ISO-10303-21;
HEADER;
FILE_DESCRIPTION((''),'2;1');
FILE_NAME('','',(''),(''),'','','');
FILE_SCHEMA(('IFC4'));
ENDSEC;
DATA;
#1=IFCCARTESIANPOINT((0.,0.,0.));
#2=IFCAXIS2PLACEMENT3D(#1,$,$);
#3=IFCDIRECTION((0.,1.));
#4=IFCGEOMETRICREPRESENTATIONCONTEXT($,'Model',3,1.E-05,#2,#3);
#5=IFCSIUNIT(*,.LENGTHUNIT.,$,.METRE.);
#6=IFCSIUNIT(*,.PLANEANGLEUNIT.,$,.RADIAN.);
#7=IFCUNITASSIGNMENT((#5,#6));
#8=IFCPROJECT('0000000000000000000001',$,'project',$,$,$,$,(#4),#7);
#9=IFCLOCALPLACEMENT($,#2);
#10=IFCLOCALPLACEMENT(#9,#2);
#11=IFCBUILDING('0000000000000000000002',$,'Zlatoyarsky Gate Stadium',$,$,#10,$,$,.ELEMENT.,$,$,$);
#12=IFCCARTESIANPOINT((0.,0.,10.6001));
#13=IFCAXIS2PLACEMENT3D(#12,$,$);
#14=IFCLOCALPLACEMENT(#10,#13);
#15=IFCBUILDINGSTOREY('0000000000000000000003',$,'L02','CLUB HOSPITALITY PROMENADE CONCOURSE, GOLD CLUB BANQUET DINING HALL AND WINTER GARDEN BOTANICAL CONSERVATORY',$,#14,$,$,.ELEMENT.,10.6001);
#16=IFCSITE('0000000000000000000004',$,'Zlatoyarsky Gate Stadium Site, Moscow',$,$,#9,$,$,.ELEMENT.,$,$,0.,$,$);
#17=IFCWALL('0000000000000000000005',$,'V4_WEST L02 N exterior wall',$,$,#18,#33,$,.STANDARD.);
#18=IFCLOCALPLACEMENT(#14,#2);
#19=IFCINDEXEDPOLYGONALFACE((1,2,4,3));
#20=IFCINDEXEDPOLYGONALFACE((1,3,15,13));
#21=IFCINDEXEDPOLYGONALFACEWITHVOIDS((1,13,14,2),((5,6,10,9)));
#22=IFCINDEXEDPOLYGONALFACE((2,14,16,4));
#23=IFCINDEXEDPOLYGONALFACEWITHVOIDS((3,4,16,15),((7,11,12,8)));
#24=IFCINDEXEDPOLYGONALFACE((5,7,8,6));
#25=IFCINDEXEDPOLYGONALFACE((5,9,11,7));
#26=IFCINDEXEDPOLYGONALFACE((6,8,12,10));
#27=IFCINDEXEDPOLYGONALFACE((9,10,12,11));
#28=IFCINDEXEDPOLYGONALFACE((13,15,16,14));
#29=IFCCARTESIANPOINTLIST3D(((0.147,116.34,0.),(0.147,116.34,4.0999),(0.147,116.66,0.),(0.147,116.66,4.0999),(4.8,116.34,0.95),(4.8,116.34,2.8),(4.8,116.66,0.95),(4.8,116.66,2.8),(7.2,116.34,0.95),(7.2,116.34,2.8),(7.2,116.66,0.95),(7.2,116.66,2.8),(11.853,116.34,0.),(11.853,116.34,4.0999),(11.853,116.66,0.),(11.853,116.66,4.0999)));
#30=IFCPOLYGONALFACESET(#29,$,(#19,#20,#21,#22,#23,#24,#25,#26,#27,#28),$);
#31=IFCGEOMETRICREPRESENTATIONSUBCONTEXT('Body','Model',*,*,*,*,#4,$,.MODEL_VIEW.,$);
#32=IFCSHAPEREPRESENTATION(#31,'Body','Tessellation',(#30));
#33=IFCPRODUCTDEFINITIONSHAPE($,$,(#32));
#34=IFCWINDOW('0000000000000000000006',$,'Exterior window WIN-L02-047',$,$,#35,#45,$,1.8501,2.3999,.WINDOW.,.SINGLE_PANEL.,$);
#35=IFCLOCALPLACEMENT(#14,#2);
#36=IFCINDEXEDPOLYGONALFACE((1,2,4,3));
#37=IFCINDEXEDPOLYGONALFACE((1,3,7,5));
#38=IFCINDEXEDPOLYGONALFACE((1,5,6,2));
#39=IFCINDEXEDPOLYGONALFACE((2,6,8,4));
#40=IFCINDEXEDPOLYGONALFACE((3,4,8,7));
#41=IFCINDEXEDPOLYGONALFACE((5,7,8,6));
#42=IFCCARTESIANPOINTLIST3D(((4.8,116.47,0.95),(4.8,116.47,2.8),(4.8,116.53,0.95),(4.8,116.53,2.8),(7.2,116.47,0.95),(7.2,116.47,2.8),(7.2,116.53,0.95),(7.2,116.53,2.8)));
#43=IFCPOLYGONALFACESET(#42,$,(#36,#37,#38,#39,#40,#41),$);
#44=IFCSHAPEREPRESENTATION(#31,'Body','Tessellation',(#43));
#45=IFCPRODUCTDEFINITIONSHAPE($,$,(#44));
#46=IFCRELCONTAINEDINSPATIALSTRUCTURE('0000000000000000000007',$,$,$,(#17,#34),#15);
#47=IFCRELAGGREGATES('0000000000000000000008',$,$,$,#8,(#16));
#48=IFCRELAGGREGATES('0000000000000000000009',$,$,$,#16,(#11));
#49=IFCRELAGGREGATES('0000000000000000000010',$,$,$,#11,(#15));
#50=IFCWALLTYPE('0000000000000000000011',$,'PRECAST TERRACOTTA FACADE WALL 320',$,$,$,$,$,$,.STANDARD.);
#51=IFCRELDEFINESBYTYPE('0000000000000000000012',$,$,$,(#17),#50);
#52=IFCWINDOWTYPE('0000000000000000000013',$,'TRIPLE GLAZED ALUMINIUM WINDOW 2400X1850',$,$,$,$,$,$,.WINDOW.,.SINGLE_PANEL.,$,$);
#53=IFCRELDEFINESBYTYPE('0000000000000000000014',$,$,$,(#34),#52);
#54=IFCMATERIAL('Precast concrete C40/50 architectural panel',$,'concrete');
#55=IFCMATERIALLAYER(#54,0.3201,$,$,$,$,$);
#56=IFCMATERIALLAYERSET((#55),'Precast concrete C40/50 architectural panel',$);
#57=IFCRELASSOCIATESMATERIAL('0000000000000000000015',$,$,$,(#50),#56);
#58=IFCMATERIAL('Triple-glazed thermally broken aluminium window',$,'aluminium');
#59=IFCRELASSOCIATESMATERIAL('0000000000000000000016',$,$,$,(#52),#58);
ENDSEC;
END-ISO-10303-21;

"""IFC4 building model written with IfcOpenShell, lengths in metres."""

from ifc_helpers import new_model, si_unit, direction, frame, frame_2d, origin, place, context, subcontext, project, spatial, rectangle, extrude, material, layer, layer_set, type_object, element, fill, save


model = new_model("IFC4")

# Units and contexts
model_context = context("Model", 3, precision=1e-05, world=origin(), true_north=direction((0.0, 1.0)))
body_context = subcontext(model_context, "Body", "Model", "MODEL_VIEW")
ifc_project = project(units=[si_unit("LENGTHUNIT", "METRE"), si_unit("PLANEANGLEUNIT", "RADIAN")], contexts=[model_context])

# Site, building, storey
site_placement = place(None, origin())
site = spatial("IfcSite", under=ifc_project, at=site_placement, Name="Zlatoyarsky Gate Stadium Site, Moscow", CompositionType="ELEMENT", RefElevation=0.0)
building_placement = place(site_placement, origin())
building = spatial("IfcBuilding", under=site, at=building_placement, Name="Zlatoyarsky Gate Stadium", CompositionType="ELEMENT")
storey_placement = place(building_placement, frame((0.0, 0.0, 10.6001)))
storey = spatial("IfcBuildingStorey", under=building, at=storey_placement, Name="L02", Description="CLUB HOSPITALITY PROMENADE CONCOURSE, GOLD CLUB BANQUET DINING HALL AND WINTER GARDEN BOTANICAL CONSERVATORY", CompositionType="ELEMENT", Elevation=10.6001)

# Wall, opening, window
ifc_material_1 = material(Name="Precast concrete C40/50 architectural panel", Category="concrete")
ifc_layer_1 = layer(ifc_material_1, 0.3201)
ifc_layer_set_1 = layer_set([ifc_layer_1], Name="Precast concrete C40/50 architectural panel")
wall_type = type_object("IfcWallType", Name="PRECAST TERRACOTTA FACADE WALL 320", PredefinedType="STANDARD", material=ifc_layer_set_1)
wall_placement = place(storey_placement, frame((0.147, 116.5, 0.0), z_axis=(0.0, 0.0, 1.0), x_axis=(1.0, 0.0, 0.0)))
wall = element("IfcWall", 1, at=wall_placement, inside=storey, type_object=wall_type, Name="V4_WEST L02 N exterior wall", PredefinedType="STANDARD", context=body_context, shape_type="SweptSolid", body=[
    extrude(rectangle(XDim=11.7061, YDim=0.3201, at=frame_2d((5.853, 0.0))), origin(), (0.0, 0.0, 1.0), 4.0999),
])
opening_placement = place(wall_placement, frame((4.6531, 0.0, 0.95)))
opening = element("IfcOpeningElement", 2, at=opening_placement, cuts=wall, PredefinedType="OPENING", context=body_context, shape_type="SweptSolid", body=[
    extrude(rectangle(XDim=2.3999, YDim=1.8501, at=frame_2d((1.2, 0.925))), frame((0.0, 0.1699, 0.0), z_axis=(0.0, -1.0, 0.0), x_axis=(1.0, 0.0, 0.0)), (0.0, 0.0, 1.0), 0.3401),
])
ifc_material_2 = material(Name="Triple-glazed thermally broken aluminium window", Category="aluminium")
window_type = type_object("IfcWindowType", Name="TRIPLE GLAZED ALUMINIUM WINDOW 2400X1850", PartitioningType="SINGLE_PANEL", PredefinedType="WINDOW", material=ifc_material_2)
window_placement = place(opening_placement, origin())
window = element("IfcWindow", 3, at=window_placement, inside=storey, type_object=window_type, Name="Exterior window WIN-L02-047", OverallHeight=1.8501, OverallWidth=2.3999, PartitioningType="SINGLE_PANEL", PredefinedType="WINDOW", context=body_context, shape_type="SweptSolid", body=[
    extrude(rectangle(XDim=2.3999, YDim=1.8501, at=frame_2d((1.2, 0.925))), frame((0.0, 0.03, 0.0), z_axis=(0.0, -1.0, 0.0), x_axis=(1.0, 0.0, 0.0)), (0.0, 0.0, 1.0), 0.0601),
])
fill(opening, window)

save(model, "model.ifc")
